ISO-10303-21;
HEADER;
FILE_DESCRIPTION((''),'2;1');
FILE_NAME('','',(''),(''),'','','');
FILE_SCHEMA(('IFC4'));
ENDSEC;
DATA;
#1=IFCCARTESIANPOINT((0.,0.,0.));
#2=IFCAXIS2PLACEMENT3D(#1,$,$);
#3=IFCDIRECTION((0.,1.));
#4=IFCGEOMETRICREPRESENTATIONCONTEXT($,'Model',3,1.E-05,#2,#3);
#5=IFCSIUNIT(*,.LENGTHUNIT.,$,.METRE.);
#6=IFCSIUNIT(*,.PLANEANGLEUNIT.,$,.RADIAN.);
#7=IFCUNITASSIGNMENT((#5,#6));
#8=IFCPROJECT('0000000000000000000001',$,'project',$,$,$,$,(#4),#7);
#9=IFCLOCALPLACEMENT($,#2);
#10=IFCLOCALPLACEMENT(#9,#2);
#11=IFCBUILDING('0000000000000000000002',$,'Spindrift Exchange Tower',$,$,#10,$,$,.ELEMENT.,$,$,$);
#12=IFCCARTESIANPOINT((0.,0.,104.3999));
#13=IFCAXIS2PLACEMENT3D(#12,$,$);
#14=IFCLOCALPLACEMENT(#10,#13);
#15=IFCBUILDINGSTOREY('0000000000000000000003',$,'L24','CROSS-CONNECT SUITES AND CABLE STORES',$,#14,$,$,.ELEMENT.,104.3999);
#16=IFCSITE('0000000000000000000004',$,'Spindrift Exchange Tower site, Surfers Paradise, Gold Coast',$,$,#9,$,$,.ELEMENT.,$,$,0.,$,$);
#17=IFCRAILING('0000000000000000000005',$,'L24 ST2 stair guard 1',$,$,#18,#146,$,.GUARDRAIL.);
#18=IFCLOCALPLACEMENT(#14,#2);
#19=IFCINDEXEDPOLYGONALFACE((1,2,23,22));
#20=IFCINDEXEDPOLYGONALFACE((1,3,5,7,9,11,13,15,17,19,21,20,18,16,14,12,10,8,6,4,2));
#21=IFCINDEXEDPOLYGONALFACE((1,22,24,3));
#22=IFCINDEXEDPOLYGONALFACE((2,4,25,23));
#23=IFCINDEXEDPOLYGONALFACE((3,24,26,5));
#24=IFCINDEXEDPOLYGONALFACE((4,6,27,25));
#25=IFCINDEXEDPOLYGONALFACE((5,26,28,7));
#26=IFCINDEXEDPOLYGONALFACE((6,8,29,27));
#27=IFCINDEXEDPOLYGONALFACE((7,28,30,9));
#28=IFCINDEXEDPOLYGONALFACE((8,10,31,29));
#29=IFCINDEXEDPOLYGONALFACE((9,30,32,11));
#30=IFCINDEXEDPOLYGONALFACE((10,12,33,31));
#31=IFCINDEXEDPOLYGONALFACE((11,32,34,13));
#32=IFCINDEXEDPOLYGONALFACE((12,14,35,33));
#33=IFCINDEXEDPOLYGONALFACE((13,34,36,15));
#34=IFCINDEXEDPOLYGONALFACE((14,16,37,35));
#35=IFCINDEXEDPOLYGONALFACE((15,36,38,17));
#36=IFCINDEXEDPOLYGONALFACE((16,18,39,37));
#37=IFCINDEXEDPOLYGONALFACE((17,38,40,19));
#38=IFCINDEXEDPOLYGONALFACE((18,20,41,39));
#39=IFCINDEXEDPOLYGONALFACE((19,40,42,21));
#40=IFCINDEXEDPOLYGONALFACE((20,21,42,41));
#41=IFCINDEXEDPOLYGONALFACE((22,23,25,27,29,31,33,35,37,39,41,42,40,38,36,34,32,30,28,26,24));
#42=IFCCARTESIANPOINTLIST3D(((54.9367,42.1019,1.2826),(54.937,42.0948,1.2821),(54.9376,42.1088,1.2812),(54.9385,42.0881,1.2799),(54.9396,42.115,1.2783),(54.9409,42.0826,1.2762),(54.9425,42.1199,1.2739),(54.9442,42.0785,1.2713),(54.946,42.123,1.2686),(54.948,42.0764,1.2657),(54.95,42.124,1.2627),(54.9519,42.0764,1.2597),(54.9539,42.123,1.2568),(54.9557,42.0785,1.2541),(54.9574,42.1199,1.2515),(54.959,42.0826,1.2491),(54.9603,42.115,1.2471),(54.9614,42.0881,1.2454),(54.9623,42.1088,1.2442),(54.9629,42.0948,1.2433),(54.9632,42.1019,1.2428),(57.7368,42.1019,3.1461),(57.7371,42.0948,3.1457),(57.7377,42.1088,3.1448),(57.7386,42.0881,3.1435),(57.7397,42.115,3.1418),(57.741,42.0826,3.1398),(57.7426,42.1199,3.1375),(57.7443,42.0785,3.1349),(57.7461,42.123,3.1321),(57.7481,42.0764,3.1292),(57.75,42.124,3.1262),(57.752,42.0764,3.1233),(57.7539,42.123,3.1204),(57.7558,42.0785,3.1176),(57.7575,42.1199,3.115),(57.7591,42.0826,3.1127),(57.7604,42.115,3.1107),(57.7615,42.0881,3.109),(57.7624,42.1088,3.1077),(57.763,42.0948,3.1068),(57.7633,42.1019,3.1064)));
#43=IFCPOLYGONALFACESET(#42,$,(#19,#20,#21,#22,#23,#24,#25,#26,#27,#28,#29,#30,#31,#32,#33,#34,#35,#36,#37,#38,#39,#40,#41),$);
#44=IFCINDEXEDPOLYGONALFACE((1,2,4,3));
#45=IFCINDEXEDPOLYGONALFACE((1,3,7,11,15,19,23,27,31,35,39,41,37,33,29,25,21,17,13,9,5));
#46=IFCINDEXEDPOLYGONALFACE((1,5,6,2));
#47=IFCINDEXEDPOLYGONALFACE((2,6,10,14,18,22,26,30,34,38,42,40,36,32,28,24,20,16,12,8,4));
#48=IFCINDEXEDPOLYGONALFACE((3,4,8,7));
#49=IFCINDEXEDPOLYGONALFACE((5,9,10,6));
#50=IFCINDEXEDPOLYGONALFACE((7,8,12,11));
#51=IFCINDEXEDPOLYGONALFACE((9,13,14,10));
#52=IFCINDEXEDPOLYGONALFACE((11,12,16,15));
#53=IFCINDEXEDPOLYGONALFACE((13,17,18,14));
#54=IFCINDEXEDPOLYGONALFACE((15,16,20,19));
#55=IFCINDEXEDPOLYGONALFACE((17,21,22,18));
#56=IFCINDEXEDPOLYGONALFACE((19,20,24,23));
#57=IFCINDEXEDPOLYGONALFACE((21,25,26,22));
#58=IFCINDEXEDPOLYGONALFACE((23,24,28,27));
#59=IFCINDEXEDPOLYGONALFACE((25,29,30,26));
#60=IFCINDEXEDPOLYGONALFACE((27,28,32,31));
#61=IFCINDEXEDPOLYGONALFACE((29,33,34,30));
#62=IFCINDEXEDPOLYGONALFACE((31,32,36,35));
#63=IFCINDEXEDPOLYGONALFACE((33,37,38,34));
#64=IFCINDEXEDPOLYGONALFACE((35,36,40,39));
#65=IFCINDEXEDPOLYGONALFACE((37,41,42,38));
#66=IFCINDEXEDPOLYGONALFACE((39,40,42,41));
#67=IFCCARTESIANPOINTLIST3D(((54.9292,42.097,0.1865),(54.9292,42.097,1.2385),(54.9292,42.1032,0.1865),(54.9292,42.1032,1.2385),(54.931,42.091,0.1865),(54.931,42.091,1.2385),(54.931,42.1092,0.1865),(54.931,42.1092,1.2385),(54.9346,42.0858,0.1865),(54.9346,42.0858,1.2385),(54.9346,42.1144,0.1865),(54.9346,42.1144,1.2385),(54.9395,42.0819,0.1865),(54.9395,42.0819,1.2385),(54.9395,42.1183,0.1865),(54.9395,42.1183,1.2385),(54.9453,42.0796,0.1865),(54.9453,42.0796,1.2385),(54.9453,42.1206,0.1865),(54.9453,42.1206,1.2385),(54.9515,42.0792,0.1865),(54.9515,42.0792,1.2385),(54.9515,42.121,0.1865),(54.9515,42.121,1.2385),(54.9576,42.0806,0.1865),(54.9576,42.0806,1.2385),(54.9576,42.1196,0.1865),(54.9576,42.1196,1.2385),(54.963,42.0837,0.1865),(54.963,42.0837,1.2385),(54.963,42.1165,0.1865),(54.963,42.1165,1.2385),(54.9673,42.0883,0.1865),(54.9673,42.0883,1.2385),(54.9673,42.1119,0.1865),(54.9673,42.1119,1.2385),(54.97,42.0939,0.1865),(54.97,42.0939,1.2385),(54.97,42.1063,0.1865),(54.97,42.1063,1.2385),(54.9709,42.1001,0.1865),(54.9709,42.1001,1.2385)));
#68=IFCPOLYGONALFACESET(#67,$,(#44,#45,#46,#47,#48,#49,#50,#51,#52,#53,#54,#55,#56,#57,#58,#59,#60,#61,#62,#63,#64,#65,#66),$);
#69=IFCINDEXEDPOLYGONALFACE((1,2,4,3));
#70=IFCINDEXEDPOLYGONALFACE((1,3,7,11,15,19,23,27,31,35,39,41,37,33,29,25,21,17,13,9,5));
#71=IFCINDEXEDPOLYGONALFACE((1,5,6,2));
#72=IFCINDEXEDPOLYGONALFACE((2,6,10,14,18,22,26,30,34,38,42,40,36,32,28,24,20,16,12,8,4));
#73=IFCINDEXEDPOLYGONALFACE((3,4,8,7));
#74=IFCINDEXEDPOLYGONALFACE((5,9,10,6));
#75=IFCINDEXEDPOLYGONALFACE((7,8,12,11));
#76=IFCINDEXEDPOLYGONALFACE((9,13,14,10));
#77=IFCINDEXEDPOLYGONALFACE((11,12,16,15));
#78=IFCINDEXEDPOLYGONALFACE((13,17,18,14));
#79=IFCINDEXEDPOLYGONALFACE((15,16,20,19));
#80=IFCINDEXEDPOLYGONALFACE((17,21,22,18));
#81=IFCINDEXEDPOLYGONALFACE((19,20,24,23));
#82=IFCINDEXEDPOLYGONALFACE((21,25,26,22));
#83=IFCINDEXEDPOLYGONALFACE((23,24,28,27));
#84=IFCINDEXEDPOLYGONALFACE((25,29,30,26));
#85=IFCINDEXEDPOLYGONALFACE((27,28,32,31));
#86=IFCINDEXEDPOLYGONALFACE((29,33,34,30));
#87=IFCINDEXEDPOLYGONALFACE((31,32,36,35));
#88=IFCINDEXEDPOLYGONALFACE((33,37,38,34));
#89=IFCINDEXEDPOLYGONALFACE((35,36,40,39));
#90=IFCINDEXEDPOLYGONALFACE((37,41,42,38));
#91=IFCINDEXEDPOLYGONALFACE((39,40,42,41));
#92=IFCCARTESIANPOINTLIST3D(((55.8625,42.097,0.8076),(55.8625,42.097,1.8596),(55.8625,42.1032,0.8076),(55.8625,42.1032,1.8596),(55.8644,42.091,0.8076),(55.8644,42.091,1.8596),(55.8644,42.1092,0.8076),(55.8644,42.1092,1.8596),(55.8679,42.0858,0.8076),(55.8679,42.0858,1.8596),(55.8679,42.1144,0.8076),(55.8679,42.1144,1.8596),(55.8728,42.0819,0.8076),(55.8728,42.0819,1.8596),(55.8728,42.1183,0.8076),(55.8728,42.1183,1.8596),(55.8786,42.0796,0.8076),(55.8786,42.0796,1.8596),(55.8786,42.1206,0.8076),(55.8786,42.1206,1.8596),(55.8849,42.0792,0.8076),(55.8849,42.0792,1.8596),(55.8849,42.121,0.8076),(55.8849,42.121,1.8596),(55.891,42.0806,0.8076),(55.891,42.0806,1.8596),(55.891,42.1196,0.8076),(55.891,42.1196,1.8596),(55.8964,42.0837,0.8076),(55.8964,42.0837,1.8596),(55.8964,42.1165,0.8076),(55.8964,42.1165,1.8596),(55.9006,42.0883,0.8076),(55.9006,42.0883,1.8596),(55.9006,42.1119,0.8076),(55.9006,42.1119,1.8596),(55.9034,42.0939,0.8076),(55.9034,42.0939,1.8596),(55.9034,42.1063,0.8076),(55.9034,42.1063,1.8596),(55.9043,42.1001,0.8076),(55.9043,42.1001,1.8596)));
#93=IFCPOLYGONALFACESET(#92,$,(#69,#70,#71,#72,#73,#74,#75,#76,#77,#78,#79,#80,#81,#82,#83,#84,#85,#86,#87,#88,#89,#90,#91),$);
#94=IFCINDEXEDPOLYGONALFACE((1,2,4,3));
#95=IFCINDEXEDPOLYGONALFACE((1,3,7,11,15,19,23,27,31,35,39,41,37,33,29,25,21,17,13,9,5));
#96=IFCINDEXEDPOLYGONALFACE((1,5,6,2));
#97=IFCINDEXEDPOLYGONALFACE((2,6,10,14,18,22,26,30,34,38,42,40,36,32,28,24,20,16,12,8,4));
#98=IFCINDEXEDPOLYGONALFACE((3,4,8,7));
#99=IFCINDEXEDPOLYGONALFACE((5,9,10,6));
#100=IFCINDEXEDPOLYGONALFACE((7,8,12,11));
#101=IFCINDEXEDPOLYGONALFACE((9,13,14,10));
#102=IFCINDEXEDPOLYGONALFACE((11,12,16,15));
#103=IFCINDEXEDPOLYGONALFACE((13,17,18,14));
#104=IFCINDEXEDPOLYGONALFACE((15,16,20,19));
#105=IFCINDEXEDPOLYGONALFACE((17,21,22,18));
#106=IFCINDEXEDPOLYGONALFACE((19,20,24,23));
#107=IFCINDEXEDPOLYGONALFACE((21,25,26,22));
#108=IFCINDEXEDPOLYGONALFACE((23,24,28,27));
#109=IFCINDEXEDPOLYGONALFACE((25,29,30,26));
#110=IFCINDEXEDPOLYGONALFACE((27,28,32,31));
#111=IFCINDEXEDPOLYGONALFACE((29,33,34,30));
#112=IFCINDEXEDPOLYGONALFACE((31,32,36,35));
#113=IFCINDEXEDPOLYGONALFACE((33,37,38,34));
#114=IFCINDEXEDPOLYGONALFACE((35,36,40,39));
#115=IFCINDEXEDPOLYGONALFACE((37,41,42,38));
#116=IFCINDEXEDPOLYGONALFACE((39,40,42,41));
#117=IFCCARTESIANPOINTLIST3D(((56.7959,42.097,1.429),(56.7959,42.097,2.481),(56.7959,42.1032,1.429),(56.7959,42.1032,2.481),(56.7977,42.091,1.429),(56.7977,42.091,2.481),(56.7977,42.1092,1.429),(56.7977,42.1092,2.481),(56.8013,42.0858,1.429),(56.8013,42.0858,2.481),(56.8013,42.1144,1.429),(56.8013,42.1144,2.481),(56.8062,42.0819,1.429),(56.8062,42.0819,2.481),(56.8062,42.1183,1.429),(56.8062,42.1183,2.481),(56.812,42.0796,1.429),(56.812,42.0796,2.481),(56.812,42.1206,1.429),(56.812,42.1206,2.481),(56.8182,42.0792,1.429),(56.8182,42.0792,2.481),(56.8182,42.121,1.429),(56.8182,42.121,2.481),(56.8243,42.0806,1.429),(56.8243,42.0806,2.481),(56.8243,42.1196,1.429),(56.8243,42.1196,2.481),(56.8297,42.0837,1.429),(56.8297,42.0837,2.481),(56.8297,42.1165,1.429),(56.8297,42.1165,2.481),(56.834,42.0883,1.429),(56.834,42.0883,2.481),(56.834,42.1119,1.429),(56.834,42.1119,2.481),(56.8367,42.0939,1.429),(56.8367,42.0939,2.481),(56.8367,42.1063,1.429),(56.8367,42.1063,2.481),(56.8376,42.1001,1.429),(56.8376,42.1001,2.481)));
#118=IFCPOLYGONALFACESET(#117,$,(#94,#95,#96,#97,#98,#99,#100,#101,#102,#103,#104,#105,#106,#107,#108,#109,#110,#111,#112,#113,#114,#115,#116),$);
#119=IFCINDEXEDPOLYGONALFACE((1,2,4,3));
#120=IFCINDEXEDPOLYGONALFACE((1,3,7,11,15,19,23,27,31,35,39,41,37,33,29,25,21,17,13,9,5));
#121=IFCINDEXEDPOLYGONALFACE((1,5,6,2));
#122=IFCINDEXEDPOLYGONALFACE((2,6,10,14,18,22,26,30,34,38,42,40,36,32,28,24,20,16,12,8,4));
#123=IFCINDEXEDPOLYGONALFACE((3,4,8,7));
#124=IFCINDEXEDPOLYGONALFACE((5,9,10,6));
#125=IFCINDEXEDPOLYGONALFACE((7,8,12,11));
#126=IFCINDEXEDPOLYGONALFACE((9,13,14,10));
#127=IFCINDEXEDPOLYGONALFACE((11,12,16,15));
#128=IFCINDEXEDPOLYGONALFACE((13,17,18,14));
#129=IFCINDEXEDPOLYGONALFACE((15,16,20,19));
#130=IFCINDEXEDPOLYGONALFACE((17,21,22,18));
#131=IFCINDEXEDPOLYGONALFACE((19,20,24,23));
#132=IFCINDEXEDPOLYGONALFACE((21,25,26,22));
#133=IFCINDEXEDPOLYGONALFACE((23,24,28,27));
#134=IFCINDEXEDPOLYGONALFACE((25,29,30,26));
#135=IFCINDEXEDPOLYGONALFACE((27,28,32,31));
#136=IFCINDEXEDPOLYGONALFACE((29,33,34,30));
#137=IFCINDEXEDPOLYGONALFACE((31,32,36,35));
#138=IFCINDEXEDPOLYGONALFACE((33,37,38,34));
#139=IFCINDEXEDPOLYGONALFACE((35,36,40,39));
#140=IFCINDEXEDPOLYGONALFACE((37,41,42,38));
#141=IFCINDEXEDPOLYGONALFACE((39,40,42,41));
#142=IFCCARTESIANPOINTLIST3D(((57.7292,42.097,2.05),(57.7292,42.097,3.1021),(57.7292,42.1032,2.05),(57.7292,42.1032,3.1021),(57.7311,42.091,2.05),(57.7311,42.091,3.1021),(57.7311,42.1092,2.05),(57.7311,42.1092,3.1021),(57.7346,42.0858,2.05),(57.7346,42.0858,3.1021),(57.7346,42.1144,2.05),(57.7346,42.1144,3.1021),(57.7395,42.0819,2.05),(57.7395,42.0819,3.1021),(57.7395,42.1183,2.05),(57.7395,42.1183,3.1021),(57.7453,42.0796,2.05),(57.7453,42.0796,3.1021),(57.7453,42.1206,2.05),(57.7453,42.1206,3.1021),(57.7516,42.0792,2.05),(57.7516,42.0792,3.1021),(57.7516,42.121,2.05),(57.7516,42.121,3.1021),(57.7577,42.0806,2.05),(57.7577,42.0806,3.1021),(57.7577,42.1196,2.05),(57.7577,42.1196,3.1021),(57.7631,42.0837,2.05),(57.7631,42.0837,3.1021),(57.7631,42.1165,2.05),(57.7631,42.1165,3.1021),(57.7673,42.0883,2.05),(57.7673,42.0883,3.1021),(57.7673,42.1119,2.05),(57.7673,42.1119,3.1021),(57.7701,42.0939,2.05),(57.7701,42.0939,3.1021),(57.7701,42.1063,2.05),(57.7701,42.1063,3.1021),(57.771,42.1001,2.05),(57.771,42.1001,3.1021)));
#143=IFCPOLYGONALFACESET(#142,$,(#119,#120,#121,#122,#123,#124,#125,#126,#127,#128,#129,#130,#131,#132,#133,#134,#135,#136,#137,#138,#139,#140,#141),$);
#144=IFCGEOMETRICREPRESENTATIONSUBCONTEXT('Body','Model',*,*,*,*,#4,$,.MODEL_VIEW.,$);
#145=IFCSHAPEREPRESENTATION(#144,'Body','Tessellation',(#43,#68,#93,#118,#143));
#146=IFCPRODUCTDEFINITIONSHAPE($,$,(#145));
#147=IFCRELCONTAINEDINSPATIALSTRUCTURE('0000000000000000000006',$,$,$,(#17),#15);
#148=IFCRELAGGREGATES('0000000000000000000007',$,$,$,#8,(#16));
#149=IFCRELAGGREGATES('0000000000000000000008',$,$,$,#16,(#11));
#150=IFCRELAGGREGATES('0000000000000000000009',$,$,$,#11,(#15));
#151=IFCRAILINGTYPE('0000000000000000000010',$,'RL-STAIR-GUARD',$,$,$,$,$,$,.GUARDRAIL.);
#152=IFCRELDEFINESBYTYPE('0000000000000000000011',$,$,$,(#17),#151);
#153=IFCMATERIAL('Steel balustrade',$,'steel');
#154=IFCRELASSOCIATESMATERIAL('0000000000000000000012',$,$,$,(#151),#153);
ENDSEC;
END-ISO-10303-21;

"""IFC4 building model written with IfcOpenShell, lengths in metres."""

from ifc_helpers import new_model, si_unit, direction, frame, origin, origin_2d, place, context, subcontext, project, spatial, circle, extrude, material, type_object, element, save


model = new_model("IFC4")

# Units and contexts
model_context = context("Model", 3, precision=1e-05, world=origin(), true_north=direction((0.0, 1.0)))
body_context = subcontext(model_context, "Body", "Model", "MODEL_VIEW")
ifc_project = project(units=[si_unit("LENGTHUNIT", "METRE"), si_unit("PLANEANGLEUNIT", "RADIAN")], contexts=[model_context])

# Site, building, storey
site_placement = place(None, origin())
site = spatial("IfcSite", under=ifc_project, at=site_placement, Name="Spindrift Exchange Tower site, Surfers Paradise, Gold Coast", CompositionType="ELEMENT", RefElevation=0.0)
building_placement = place(site_placement, origin())
building = spatial("IfcBuilding", under=site, at=building_placement, Name="Spindrift Exchange Tower", CompositionType="ELEMENT")
storey_placement = place(building_placement, frame((0.0, 0.0, 104.3999)))
storey = spatial("IfcBuildingStorey", under=building, at=storey_placement, Name="L24", Description="CROSS-CONNECT SUITES AND CABLE STORES", CompositionType="ELEMENT", Elevation=104.3999)

# Railing
ifc_material_1 = material(Name="Steel balustrade", Category="steel")
railing_type_1 = type_object("IfcRailingType", Name="RL-STAIR-GUARD", PredefinedType="GUARDRAIL", material=ifc_material_1)
railing_1_placement = place(storey_placement, frame((54.95, 42.1001, 0.1865)))
element("IfcRailing", 1, at=railing_1_placement, inside=storey, type_object=railing_type_1, Name="L24 ST2 stair guard 1", PredefinedType="GUARDRAIL", context=body_context, shape_type="SweptSolid", body=[
    extrude(circle(Radius=0.0239, at=origin_2d()), frame((0.0, 0.0, 1.0762), z_axis=(0.832486, 0.0, 0.554047), x_axis=(0.0, 1.0, 0.0)), (0.0, 0.0, 1.0), 3.3635),
    extrude(circle(Radius=0.021, at=origin_2d()), origin(), (0.0, 0.0, 1.0), 1.052),
    extrude(circle(Radius=0.021, at=origin_2d()), frame((0.9333, 0.0, 0.6211)), (0.0, 0.0, 1.0), 1.052),
    extrude(circle(Radius=0.021, at=origin_2d()), frame((1.8667, 0.0, 1.2424)), (0.0, 0.0, 1.0), 1.052),
    extrude(circle(Radius=0.021, at=origin_2d()), frame((2.8, 0.0, 1.8635)), (0.0, 0.0, 1.0), 1.052),
])

save(model, "model.ifc")
